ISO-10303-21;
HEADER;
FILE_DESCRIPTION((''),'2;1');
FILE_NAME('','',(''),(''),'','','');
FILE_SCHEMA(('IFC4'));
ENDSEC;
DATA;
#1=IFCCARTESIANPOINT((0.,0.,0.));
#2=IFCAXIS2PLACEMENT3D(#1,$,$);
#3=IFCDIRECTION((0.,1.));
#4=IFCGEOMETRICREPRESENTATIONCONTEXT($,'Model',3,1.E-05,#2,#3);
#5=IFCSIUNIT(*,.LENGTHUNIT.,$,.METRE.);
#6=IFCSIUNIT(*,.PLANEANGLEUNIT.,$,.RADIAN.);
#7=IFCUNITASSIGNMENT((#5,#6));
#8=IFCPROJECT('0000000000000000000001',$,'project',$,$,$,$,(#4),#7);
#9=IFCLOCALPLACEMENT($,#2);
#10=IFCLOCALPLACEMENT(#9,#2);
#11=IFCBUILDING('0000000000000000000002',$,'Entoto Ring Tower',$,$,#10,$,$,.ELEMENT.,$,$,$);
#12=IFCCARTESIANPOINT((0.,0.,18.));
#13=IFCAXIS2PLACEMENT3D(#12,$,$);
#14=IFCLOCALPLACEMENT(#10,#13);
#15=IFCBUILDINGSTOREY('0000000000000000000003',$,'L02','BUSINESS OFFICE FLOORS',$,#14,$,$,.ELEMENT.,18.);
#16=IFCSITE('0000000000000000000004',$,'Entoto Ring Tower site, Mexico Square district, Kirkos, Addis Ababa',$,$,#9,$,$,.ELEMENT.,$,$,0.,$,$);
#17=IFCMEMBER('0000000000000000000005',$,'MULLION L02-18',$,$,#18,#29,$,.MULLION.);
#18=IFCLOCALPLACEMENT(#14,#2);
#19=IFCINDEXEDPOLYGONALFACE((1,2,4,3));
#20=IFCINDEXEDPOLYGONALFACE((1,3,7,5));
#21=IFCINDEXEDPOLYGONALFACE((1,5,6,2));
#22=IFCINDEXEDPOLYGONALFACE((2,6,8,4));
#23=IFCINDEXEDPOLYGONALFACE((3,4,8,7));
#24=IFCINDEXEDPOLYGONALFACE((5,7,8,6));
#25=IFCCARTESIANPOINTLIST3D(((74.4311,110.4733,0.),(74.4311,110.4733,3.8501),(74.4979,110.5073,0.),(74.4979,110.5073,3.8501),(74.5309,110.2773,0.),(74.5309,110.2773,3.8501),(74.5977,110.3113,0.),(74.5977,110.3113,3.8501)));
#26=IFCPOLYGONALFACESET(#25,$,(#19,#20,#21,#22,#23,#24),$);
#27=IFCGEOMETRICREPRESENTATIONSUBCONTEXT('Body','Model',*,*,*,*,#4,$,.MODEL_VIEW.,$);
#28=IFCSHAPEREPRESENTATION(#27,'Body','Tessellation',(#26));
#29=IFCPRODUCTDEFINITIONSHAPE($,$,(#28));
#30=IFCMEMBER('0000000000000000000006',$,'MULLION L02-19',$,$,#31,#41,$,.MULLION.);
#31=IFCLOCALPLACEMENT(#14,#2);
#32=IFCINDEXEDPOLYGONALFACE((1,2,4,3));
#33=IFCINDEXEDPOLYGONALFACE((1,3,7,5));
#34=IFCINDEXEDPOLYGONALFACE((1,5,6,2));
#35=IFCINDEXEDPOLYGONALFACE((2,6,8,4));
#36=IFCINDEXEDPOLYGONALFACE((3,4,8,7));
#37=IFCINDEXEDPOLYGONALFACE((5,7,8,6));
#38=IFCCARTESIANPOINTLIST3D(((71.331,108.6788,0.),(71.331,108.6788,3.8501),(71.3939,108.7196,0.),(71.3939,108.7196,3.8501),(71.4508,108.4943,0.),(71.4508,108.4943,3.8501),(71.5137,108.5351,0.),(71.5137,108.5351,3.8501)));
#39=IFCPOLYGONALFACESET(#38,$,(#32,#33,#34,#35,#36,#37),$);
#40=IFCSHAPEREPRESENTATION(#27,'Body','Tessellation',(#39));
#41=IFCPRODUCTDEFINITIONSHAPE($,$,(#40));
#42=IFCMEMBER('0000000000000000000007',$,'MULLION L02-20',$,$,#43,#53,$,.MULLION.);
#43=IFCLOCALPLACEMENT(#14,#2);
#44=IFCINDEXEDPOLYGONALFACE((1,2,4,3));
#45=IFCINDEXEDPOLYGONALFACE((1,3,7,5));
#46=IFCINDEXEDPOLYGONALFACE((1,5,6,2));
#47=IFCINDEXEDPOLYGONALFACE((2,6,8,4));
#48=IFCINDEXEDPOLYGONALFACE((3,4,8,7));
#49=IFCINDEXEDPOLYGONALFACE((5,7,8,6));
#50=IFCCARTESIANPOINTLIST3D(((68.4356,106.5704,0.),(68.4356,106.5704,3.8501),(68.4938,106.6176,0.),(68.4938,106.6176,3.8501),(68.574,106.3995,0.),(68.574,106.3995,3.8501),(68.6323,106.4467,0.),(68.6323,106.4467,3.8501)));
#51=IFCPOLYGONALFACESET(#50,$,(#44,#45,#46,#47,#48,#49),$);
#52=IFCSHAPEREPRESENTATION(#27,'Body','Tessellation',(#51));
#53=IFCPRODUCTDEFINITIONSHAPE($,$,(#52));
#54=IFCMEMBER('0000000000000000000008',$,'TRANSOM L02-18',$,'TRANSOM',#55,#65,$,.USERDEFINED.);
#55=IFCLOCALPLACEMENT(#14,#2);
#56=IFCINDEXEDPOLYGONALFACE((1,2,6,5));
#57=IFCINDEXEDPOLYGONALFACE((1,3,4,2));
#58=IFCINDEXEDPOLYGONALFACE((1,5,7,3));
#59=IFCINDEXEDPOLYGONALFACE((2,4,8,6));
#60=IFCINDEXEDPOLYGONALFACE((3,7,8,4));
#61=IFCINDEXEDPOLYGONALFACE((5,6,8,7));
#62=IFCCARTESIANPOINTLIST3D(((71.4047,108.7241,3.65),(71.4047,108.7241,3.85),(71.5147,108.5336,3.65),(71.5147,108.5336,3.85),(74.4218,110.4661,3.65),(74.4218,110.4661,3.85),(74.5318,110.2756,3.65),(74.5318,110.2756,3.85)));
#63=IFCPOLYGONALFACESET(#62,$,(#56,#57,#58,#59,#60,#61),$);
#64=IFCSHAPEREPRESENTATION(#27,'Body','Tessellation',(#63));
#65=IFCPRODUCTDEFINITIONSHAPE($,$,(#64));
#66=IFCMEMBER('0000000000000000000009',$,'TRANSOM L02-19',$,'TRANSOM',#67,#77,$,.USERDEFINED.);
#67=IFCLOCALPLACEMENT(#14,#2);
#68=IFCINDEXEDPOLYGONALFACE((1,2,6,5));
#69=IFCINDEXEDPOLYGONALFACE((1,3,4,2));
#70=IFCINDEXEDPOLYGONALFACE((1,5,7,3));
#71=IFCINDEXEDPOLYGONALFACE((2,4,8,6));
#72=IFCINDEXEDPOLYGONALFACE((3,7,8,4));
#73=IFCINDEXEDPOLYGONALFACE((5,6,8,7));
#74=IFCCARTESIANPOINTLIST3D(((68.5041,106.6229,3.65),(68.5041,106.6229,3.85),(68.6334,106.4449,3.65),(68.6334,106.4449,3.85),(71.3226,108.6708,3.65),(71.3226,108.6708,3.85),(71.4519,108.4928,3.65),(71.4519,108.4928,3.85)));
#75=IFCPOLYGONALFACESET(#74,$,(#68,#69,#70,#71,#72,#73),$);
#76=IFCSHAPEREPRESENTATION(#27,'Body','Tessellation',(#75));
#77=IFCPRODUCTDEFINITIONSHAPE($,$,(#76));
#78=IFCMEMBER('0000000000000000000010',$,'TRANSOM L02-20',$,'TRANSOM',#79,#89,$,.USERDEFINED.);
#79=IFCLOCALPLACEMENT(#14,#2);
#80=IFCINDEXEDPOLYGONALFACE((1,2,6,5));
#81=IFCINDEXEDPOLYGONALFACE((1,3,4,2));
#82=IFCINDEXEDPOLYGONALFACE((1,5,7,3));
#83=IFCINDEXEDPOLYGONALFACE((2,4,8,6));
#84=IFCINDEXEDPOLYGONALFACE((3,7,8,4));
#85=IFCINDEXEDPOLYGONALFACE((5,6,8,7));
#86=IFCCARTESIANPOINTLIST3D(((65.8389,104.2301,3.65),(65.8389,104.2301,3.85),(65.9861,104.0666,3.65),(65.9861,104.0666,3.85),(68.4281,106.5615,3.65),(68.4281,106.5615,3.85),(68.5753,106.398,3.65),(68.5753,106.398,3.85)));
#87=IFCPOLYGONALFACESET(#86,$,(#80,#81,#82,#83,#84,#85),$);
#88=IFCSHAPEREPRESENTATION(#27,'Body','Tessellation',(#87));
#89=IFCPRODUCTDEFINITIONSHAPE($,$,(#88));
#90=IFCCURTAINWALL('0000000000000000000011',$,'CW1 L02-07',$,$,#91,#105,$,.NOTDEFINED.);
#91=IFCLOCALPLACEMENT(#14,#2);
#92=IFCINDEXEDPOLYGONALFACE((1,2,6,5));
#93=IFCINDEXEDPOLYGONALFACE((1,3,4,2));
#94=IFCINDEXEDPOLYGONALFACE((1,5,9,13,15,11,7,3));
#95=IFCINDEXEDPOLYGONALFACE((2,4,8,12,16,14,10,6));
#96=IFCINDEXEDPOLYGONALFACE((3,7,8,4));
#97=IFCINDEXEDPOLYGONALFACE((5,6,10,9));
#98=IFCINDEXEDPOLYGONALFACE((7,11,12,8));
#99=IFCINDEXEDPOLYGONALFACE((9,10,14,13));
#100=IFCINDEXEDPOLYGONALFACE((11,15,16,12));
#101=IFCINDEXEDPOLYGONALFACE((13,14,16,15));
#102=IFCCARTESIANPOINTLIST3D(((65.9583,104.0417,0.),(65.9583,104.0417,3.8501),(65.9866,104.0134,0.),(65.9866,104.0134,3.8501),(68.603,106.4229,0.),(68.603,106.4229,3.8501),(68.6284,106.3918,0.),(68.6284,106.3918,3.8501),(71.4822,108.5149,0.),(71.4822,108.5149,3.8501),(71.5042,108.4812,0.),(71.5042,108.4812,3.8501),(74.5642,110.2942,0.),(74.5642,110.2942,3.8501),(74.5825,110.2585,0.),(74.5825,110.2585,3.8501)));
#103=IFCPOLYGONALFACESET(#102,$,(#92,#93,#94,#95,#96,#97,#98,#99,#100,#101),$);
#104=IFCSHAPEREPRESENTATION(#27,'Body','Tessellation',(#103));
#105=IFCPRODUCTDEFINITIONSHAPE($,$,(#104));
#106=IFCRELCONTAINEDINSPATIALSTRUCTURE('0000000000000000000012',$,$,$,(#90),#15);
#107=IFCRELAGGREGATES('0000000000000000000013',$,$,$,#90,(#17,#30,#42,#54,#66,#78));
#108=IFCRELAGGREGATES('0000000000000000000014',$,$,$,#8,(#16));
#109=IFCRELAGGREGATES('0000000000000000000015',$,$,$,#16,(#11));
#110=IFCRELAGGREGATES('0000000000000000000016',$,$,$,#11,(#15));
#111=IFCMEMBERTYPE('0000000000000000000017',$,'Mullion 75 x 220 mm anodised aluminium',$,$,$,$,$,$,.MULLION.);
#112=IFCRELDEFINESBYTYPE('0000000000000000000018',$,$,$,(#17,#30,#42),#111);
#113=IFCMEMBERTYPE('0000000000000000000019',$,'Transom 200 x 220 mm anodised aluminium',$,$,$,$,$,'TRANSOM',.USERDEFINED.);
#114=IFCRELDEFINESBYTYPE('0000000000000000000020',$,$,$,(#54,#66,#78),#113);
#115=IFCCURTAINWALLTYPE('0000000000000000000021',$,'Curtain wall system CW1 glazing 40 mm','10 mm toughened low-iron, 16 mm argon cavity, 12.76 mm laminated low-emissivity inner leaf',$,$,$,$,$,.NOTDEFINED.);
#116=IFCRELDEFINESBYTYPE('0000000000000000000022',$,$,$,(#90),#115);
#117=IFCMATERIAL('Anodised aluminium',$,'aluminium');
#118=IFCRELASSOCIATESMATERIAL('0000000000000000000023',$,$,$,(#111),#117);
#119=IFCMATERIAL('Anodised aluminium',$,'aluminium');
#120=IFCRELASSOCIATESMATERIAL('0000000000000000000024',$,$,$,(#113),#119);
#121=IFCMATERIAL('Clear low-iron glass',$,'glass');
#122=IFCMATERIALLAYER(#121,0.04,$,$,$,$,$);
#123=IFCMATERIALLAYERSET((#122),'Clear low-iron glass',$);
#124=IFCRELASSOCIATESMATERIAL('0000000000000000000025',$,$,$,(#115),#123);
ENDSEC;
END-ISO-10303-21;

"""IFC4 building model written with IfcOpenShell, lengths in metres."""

from ifc_helpers import new_model, si_unit, direction, frame, origin, origin_2d, place, context, subcontext, project, spatial, polyline, rectangle, outline, extrude, material, layer, layer_set, material_profile, profile_set, type_object, element, aggregate, save


model = new_model("IFC4")

# Units and contexts
model_context = context("Model", 3, precision=1e-05, world=origin(), true_north=direction((0.0, 1.0)))
body_context = subcontext(model_context, "Body", "Model", "MODEL_VIEW")
ifc_project = project(units=[si_unit("LENGTHUNIT", "METRE"), si_unit("PLANEANGLEUNIT", "RADIAN")], contexts=[model_context])

# Members
ifc_material_1 = material(Name="Anodised aluminium", Category="aluminium")
ifc_material_profile_1 = material_profile(ifc_material_1, rectangle(XDim=0.075, YDim=0.22, at=origin_2d()), Name="Mullion 75 x 220 mm anodised aluminium")
ifc_profile_set_1 = profile_set([ifc_material_profile_1], Name="Anodised aluminium")
member_type_1 = type_object("IfcMemberType", Name="Mullion 75 x 220 mm anodised aluminium", PredefinedType="MULLION", material=ifc_profile_set_1)
site_placement = place(None, origin())
building_placement = place(site_placement, origin())
storey_placement = place(building_placement, frame((0.0, 0.0, 18.0)))
member_1_placement = place(storey_placement, frame((74.5144, 110.3923, 0.0), z_axis=(0.0, 0.0, 1.0), x_axis=(-0.891007, -0.45399, 0.0)))
member_1 = element("IfcMember", 1, at=member_1_placement, type_object=member_type_1, Name="MULLION L02-18", PredefinedType="MULLION", context=body_context, shape_type="SweptSolid", body=[
    extrude(rectangle(XDim=0.075, YDim=0.22, at=origin_2d()), origin(), (0.0, 0.0, 1.0), 3.8501),
])
member_2_placement = place(storey_placement, frame((71.4224, 108.6069, 0.0), z_axis=(0.0, 0.0, 1.0), x_axis=(-0.838671, -0.544639, 0.0)))
member_2 = element("IfcMember", 2, at=member_2_placement, type_object=member_type_1, Name="MULLION L02-19", PredefinedType="MULLION", context=body_context, shape_type="SweptSolid", body=[
    extrude(rectangle(XDim=0.075, YDim=0.22, at=origin_2d()), origin(), (0.0, 0.0, 1.0), 3.8501),
])
member_3_placement = place(storey_placement, frame((68.5339, 106.5085, 0.0), z_axis=(0.0, 0.0, 1.0), x_axis=(-0.777146, -0.62932, 0.0)))
member_3 = element("IfcMember", 3, at=member_3_placement, type_object=member_type_1, Name="MULLION L02-20", PredefinedType="MULLION", context=body_context, shape_type="SweptSolid", body=[
    extrude(rectangle(XDim=0.075, YDim=0.22, at=origin_2d()), origin(), (0.0, 0.0, 1.0), 3.8501),
])
ifc_material_2 = material(Name="Anodised aluminium", Category="aluminium")
ifc_material_profile_2 = material_profile(ifc_material_2, rectangle(XDim=0.22, YDim=0.2, at=origin_2d()), Name="Transom 200 x 220 mm anodised aluminium")
ifc_profile_set_2 = profile_set([ifc_material_profile_2], Name="Anodised aluminium")
member_type_2 = type_object("IfcMemberType", Name="Transom 200 x 220 mm anodised aluminium", ElementType="TRANSOM", PredefinedType="USERDEFINED", material=ifc_profile_set_2)
member_4_placement = place(storey_placement, frame((74.4768, 110.3708, 3.75), z_axis=(-0.866022, -0.500006, 0.0), x_axis=(0.500006, -0.866022, 0.0)))
member_4 = element("IfcMember", 4, at=member_4_placement, type_object=member_type_2, Name="TRANSOM L02-18", ObjectType="TRANSOM", PredefinedType="USERDEFINED", context=body_context, shape_type="SweptSolid", body=[
    extrude(rectangle(XDim=0.22, YDim=0.2, at=origin_2d()), origin(), (0.0, 0.0, 1.0), 3.4839),
])
member_5_placement = place(storey_placement, frame((71.3872, 108.5818, 3.75), z_axis=(-0.808991, -0.587822, 0.0), x_axis=(0.587822, -0.808991, 0.0)))
member_5 = element("IfcMember", 5, at=member_5_placement, type_object=member_type_2, Name="TRANSOM L02-19", ObjectType="TRANSOM", PredefinedType="USERDEFINED", context=body_context, shape_type="SweptSolid", body=[
    extrude(rectangle(XDim=0.22, YDim=0.2, at=origin_2d()), origin(), (0.0, 0.0, 1.0), 3.4839),
])
member_6_placement = place(storey_placement, frame((68.5017, 106.4797, 3.75), z_axis=(-0.743137, -0.669139, 0.0), x_axis=(0.669139, -0.743137, 0.0)))
member_6 = element("IfcMember", 6, at=member_6_placement, type_object=member_type_2, Name="TRANSOM L02-20", ObjectType="TRANSOM", PredefinedType="USERDEFINED", context=body_context, shape_type="SweptSolid", body=[
    extrude(rectangle(XDim=0.22, YDim=0.2, at=origin_2d()), origin(), (0.0, 0.0, 1.0), 3.4841),
])

# Site, building, storey
site = spatial("IfcSite", under=ifc_project, at=site_placement, Name="Entoto Ring Tower site, Mexico Square district, Kirkos, Addis Ababa", CompositionType="ELEMENT", RefElevation=0.0)
building = spatial("IfcBuilding", under=site, at=building_placement, Name="Entoto Ring Tower", CompositionType="ELEMENT")
storey = spatial("IfcBuildingStorey", under=building, at=storey_placement, Name="L02", Description="BUSINESS OFFICE FLOORS", CompositionType="ELEMENT", Elevation=18.0)

# Curtain wall
ifc_material_3 = material(Name="Clear low-iron glass", Category="glass")
ifc_layer = layer(ifc_material_3, 0.04)
ifc_layer_set = layer_set([ifc_layer], Name="Clear low-iron glass")
curtain_wall_type = type_object("IfcCurtainWallType", Name="Curtain wall system CW1 glazing 40 mm", Description="10 mm toughened low-iron, 16 mm argon cavity, 12.76 mm laminated low-emissivity inner leaf", PredefinedType="NOTDEFINED", material=ifc_layer_set)
curtain_wall_1_placement = place(storey_placement, origin())
curtain_wall_1 = element("IfcCurtainWall", 7, at=curtain_wall_1_placement, inside=storey, type_object=curtain_wall_type, Name="CW1 L02-07", PredefinedType="NOTDEFINED", context=body_context, shape_type="SweptSolid", body=[
    extrude(outline(polyline([(74.5642, 110.2942), (71.4822, 108.5149), (68.603, 106.4229), (65.9583, 104.0417), (65.9866, 104.0134), (68.6284, 106.3918), (71.5042, 108.4812), (74.5825, 110.2585), (74.5642, 110.2942)])), origin(), (0.0, 0.0, 1.0), 3.8501),
])
aggregate(curtain_wall_1, [member_1, member_2, member_3, member_4, member_5, member_6])

save(model, "model.ifc")
